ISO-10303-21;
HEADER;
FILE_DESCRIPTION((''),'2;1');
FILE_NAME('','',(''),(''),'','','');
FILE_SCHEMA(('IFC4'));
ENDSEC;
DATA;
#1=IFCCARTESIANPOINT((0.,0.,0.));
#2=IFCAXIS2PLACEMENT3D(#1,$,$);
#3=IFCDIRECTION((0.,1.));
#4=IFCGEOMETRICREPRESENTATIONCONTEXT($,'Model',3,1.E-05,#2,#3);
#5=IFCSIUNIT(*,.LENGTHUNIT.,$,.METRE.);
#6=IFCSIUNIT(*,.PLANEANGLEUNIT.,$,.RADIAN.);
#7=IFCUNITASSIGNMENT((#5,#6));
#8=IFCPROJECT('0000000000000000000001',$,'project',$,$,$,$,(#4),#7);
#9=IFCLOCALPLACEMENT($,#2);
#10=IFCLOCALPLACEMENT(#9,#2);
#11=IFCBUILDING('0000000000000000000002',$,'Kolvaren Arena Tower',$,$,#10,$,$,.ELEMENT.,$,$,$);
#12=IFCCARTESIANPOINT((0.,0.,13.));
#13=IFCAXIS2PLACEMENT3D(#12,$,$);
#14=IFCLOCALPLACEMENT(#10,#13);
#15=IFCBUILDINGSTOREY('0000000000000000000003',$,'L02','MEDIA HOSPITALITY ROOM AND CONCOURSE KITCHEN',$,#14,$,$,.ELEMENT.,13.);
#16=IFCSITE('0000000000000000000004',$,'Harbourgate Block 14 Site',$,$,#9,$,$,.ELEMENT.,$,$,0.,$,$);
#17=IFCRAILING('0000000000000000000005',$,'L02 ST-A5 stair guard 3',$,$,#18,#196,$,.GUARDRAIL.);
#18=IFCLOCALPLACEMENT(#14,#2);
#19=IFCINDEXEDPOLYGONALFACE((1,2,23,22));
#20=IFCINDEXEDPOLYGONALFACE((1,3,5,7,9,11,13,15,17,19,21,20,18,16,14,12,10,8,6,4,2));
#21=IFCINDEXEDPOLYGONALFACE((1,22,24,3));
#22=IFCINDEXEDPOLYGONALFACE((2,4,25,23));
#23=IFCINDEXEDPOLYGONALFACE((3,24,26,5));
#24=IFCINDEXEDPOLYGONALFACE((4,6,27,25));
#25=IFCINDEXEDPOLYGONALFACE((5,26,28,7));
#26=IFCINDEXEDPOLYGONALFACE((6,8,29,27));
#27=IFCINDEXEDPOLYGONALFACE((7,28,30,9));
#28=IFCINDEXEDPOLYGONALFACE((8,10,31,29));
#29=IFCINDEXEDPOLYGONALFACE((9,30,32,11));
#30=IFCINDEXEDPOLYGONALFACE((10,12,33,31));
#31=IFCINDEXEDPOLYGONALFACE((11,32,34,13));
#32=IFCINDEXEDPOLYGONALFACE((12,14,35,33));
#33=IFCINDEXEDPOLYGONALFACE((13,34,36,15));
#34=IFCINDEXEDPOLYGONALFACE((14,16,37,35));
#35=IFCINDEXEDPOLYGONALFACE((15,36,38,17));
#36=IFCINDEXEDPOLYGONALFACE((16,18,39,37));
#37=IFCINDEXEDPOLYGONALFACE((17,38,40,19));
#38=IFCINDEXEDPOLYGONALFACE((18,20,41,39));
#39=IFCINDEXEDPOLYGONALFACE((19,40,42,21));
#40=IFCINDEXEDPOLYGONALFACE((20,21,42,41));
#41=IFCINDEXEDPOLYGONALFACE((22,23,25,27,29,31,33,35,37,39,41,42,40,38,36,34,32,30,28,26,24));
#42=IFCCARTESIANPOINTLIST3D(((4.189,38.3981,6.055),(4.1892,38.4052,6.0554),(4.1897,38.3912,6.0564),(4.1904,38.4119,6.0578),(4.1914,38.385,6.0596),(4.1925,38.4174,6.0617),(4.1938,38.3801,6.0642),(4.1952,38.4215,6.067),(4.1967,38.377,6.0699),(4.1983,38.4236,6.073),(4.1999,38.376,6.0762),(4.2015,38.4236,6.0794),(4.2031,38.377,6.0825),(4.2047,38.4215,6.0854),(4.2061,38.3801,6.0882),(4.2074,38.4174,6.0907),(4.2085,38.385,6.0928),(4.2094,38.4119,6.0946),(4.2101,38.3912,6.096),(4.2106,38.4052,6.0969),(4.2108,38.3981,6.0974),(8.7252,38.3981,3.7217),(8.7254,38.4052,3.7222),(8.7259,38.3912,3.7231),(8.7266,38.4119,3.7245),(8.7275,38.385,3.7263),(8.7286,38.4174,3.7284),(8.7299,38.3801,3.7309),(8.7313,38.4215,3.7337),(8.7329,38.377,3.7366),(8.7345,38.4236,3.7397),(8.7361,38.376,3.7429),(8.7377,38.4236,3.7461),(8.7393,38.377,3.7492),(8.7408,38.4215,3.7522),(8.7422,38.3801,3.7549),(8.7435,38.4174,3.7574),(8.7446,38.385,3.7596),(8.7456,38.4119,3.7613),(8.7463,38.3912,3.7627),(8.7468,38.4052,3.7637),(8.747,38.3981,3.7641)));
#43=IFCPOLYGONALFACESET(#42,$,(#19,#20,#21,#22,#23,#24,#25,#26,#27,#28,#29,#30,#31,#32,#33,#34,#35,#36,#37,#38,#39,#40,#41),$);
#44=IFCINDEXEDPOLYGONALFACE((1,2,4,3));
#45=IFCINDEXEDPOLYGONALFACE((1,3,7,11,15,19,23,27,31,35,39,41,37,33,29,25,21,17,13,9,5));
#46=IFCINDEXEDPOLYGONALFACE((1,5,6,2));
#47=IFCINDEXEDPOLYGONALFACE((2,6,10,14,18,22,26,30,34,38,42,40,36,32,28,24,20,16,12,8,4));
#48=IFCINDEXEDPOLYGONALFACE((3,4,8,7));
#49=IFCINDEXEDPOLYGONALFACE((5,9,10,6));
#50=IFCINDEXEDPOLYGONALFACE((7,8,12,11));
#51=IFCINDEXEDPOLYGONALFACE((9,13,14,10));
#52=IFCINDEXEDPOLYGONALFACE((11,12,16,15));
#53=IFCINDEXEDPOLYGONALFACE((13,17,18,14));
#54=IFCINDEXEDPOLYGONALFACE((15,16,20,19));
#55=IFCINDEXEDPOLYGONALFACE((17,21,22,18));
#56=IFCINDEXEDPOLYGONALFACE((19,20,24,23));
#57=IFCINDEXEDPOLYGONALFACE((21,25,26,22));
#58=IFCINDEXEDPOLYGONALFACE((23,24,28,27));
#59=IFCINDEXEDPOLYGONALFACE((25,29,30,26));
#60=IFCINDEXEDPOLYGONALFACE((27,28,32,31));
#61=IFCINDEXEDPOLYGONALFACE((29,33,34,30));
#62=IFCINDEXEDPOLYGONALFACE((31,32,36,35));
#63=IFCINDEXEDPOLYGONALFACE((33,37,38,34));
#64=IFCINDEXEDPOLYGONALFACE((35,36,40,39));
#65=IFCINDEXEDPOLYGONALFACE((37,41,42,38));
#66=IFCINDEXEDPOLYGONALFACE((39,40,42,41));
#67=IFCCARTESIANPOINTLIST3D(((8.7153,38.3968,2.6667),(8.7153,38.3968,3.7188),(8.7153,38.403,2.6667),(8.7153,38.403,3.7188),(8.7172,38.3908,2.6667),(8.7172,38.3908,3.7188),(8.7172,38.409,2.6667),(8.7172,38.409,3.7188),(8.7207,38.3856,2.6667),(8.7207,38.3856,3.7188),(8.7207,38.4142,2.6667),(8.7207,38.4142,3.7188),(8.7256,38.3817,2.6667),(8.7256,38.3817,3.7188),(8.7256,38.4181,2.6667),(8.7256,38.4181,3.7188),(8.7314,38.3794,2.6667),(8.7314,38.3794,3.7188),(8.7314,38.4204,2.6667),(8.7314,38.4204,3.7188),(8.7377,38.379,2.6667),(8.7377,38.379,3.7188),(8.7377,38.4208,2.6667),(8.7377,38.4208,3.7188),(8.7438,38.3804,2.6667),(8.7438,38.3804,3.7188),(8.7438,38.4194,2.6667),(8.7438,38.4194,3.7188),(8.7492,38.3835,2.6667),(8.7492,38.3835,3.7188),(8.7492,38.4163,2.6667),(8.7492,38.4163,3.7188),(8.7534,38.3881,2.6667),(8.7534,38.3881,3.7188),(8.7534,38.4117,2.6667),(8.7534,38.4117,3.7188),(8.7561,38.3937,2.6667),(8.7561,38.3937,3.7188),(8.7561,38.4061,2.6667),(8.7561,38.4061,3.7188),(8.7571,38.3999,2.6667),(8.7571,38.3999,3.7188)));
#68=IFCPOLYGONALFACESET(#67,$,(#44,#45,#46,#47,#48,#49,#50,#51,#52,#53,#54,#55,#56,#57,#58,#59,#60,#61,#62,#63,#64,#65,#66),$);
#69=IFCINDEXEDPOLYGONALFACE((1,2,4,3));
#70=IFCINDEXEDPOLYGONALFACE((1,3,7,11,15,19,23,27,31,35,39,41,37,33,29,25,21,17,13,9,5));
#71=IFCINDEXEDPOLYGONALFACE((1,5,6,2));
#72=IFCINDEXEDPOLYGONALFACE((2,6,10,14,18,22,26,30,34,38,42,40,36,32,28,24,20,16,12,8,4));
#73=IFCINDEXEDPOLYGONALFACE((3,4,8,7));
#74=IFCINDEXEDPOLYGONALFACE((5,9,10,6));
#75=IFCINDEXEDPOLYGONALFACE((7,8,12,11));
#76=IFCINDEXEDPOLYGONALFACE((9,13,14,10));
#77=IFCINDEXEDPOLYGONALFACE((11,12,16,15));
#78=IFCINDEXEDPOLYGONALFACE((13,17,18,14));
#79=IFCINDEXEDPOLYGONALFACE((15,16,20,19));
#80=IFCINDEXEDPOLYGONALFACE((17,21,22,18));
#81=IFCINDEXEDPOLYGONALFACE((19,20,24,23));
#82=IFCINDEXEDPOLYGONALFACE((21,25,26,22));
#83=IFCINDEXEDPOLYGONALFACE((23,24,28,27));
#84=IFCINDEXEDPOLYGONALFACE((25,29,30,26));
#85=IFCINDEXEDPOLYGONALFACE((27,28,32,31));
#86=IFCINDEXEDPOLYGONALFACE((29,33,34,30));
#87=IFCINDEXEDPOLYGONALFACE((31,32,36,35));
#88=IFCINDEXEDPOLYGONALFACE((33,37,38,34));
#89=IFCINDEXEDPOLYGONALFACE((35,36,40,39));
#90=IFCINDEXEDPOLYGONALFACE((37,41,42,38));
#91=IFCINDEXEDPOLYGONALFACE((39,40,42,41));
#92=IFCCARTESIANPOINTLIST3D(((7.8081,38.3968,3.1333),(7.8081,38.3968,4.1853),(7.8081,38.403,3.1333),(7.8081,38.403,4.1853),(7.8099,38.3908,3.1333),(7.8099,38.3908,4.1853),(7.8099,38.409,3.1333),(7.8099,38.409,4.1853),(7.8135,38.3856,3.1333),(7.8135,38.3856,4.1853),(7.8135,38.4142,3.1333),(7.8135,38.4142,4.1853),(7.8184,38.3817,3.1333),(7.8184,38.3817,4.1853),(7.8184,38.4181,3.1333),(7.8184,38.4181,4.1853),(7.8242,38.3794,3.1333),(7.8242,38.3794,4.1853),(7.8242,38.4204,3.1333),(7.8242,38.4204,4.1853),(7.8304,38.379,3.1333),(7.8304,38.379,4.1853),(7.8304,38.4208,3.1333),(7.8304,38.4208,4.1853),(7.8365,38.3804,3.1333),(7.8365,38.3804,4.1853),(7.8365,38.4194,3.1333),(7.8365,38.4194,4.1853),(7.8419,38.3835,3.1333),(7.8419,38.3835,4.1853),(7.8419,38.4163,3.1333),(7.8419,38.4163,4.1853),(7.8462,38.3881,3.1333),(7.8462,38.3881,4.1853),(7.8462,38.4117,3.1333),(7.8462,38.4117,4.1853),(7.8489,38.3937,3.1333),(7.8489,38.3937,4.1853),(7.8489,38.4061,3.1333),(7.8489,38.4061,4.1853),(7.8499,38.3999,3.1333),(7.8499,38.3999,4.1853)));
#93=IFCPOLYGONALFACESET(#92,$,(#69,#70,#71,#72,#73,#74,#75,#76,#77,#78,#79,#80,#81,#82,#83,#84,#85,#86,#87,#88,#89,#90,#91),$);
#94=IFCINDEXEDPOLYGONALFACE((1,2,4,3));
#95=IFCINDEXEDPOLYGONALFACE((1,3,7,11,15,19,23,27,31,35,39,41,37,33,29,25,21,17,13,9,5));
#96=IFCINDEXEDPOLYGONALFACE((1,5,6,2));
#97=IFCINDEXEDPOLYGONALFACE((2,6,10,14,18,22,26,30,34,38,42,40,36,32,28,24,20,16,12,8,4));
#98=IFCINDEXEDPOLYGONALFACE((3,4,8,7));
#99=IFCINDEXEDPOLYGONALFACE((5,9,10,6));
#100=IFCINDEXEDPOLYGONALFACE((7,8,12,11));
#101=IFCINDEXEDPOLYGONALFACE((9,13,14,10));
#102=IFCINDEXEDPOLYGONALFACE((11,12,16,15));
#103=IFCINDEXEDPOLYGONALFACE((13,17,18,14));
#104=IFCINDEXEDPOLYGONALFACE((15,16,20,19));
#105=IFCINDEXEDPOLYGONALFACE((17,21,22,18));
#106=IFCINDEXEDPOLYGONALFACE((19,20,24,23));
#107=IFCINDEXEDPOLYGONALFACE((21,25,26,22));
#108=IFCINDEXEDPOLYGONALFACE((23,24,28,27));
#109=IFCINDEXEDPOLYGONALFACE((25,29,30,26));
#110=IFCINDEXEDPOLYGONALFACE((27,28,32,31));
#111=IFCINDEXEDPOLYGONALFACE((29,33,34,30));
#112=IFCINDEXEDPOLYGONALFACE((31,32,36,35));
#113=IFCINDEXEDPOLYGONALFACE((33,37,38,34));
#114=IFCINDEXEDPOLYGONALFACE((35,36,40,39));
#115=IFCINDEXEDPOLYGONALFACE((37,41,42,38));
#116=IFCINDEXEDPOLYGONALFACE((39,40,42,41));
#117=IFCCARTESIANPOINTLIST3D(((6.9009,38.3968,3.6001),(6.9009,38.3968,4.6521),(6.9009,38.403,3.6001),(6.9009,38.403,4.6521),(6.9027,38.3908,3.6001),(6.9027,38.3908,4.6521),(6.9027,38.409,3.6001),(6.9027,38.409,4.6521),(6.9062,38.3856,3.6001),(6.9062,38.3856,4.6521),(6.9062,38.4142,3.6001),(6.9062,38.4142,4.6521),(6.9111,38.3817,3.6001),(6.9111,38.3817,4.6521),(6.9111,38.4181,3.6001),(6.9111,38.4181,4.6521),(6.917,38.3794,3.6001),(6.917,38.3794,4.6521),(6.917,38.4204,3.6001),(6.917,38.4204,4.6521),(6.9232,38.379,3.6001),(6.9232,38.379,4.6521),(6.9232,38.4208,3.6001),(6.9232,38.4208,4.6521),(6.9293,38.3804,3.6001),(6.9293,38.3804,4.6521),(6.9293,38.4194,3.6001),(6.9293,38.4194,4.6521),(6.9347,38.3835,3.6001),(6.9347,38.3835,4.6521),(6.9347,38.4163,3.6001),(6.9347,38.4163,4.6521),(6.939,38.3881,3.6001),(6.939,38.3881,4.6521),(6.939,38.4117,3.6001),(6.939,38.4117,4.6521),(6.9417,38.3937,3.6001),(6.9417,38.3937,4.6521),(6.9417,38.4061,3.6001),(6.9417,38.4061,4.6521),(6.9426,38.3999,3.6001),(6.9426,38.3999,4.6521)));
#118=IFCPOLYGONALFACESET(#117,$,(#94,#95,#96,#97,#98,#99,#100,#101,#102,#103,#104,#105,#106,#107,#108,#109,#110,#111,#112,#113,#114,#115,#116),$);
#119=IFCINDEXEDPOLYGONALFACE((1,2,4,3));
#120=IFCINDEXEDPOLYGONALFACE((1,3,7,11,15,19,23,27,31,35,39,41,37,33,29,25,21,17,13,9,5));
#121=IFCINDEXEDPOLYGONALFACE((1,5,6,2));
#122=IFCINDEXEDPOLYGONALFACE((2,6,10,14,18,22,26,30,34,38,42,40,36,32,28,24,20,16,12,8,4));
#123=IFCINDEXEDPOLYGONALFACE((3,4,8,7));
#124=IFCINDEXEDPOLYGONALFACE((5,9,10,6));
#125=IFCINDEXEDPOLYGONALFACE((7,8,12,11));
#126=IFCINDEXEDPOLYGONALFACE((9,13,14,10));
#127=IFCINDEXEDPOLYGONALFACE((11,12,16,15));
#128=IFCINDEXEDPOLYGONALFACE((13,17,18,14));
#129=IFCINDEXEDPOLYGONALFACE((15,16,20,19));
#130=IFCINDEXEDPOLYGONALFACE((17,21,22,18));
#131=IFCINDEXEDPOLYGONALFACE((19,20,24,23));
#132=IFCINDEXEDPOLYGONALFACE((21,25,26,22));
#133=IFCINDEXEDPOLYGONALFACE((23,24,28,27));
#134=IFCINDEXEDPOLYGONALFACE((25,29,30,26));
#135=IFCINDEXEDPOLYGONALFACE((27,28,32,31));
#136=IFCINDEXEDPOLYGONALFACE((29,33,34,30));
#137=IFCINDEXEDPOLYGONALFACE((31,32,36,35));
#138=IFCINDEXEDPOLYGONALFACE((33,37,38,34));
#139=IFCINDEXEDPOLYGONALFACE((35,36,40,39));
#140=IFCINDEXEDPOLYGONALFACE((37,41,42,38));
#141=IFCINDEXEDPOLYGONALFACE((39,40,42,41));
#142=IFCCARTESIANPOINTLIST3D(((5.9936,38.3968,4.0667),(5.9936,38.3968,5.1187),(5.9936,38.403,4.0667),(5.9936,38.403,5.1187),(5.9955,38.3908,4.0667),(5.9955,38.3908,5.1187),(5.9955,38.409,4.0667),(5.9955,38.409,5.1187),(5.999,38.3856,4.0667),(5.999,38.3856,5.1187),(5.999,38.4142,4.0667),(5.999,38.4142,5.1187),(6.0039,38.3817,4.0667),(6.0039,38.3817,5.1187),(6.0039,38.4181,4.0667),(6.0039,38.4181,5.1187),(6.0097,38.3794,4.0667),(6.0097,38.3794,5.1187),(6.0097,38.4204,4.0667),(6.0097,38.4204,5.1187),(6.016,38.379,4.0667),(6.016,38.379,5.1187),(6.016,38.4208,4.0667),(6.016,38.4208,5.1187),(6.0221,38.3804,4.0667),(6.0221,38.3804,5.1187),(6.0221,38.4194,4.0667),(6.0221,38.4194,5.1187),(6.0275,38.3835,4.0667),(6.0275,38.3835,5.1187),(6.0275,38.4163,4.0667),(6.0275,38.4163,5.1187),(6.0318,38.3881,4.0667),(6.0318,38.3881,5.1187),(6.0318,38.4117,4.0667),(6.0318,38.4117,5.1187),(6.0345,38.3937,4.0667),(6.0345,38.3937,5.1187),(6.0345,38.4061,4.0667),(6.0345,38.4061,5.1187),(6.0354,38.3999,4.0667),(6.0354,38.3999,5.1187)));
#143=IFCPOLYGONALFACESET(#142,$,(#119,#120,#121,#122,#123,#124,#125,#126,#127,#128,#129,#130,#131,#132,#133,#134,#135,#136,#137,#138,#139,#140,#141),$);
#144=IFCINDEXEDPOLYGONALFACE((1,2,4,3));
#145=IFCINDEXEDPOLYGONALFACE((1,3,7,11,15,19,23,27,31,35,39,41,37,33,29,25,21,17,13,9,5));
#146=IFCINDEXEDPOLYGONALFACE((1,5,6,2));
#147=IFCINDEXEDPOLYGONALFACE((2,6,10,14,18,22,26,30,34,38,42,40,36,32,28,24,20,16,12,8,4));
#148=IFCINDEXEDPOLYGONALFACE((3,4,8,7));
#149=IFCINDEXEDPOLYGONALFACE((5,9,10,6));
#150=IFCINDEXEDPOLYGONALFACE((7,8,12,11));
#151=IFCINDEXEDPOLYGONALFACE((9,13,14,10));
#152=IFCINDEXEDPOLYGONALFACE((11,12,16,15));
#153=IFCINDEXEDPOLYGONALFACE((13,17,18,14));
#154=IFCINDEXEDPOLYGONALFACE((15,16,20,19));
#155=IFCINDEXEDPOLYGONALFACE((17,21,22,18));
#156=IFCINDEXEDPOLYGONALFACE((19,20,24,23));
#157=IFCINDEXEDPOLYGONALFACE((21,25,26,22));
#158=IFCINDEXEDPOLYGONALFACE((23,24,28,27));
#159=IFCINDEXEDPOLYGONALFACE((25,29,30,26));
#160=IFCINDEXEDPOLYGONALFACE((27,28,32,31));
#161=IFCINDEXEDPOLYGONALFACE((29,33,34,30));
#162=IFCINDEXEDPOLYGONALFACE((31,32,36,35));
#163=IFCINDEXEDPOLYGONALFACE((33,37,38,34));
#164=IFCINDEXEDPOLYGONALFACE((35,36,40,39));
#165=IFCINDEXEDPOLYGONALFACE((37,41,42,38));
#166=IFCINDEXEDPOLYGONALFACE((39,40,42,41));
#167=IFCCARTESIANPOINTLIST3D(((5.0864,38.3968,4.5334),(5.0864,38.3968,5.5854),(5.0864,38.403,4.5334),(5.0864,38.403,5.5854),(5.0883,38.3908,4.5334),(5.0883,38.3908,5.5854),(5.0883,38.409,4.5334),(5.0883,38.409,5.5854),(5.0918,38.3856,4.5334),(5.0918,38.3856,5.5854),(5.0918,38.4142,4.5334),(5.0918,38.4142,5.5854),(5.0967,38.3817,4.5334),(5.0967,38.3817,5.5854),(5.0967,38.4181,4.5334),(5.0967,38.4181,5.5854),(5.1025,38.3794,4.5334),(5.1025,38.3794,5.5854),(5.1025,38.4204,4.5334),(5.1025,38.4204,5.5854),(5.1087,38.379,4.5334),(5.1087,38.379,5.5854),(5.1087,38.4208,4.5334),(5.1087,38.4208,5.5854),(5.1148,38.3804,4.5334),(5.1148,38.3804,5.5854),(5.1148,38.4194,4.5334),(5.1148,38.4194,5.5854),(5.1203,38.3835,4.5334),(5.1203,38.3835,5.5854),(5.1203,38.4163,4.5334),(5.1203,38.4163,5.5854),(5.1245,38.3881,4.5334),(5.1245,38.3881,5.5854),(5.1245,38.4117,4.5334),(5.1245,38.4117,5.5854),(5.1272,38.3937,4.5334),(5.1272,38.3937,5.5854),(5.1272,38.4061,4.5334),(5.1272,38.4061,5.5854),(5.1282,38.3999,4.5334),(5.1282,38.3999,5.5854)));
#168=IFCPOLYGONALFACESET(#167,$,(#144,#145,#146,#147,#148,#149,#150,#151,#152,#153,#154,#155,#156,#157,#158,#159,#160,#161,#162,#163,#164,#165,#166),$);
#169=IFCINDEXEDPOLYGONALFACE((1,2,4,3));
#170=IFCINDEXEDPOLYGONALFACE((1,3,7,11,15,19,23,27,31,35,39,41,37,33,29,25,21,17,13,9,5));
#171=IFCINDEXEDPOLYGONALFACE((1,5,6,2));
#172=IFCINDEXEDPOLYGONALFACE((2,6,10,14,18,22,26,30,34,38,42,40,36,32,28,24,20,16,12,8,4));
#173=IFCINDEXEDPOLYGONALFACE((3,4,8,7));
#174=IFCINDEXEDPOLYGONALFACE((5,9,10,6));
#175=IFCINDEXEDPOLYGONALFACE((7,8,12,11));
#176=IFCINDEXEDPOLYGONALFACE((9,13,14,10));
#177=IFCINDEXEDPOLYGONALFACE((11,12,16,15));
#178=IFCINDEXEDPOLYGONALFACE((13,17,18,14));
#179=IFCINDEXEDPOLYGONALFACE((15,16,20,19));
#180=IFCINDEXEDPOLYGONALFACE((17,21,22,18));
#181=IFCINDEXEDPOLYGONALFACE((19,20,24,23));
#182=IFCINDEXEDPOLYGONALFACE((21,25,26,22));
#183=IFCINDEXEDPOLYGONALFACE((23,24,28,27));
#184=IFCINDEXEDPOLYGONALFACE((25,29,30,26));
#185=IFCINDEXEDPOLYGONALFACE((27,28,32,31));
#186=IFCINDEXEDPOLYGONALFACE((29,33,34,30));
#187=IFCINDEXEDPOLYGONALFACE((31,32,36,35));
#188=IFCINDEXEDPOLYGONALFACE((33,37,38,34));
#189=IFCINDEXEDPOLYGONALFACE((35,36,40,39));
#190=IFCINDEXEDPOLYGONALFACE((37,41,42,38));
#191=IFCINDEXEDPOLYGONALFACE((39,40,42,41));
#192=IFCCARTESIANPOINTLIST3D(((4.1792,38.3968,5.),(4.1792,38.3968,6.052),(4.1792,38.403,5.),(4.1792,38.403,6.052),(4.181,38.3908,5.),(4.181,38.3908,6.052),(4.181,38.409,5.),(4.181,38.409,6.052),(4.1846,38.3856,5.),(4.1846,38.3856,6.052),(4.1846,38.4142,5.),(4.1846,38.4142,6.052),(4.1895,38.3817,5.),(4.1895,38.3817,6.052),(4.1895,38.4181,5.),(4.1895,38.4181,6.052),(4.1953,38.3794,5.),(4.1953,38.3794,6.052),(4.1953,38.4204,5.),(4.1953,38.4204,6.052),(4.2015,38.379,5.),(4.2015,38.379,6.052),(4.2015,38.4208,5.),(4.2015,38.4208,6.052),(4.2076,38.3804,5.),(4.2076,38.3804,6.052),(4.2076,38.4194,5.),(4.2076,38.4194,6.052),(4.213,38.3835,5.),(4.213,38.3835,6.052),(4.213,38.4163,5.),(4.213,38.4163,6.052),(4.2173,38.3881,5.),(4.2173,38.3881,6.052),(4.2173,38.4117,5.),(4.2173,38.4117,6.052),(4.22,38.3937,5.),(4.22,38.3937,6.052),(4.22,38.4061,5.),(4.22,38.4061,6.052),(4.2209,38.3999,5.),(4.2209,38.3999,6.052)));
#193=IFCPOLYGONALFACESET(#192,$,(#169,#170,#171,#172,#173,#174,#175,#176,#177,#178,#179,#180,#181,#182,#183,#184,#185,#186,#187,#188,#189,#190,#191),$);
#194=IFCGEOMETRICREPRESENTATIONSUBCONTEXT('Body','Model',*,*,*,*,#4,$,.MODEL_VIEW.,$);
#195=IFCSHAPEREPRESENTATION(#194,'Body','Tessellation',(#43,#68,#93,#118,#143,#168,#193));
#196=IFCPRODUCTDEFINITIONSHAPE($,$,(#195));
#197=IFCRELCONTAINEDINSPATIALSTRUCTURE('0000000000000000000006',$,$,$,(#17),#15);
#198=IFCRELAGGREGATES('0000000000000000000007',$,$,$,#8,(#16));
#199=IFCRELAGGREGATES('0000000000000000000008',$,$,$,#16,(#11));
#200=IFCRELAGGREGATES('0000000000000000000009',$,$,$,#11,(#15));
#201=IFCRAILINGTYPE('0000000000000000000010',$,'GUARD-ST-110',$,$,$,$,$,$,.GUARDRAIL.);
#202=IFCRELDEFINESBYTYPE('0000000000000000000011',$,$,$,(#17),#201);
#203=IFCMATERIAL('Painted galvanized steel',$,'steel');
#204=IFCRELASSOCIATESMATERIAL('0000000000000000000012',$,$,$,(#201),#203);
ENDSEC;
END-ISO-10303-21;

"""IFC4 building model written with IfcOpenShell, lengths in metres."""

from ifc_helpers import new_model, si_unit, direction, frame, origin, origin_2d, place, context, subcontext, project, spatial, circle, extrude, material, type_object, element, save


model = new_model("IFC4")

# Units and contexts
model_context = context("Model", 3, precision=1e-05, world=origin(), true_north=direction((0.0, 1.0)))
body_context = subcontext(model_context, "Body", "Model", "MODEL_VIEW")
ifc_project = project(units=[si_unit("LENGTHUNIT", "METRE"), si_unit("PLANEANGLEUNIT", "RADIAN")], contexts=[model_context])

# Site, building, storey
site_placement = place(None, origin())
site = spatial("IfcSite", under=ifc_project, at=site_placement, Name="Harbourgate Block 14 Site", CompositionType="ELEMENT", RefElevation=0.0)
building_placement = place(site_placement, origin())
building = spatial("IfcBuilding", under=site, at=building_placement, Name="Kolvaren Arena Tower", CompositionType="ELEMENT")
storey_placement = place(building_placement, frame((0.0, 0.0, 13.0)))
storey = spatial("IfcBuildingStorey", under=building, at=storey_placement, Name="L02", Description="MEDIA HOSPITALITY ROOM AND CONCOURSE KITCHEN", CompositionType="ELEMENT", Elevation=13.0)

# Railing
ifc_material_1 = material(Name="Painted galvanized steel", Category="steel")
railing_type_1 = type_object("IfcRailingType", Name="GUARD-ST-110", PredefinedType="GUARDRAIL", material=ifc_material_1)
railing_1_placement = place(storey_placement, frame((8.7361, 38.3999, 2.6667)))
element("IfcRailing", 1, at=railing_1_placement, inside=storey, type_object=railing_type_1, Name="L02 ST-A5 stair guard 3", PredefinedType="GUARDRAIL", context=body_context, shape_type="SweptSolid", body=[
    extrude(circle(Radius=0.0239, at=origin_2d()), frame((0.0, 0.0, 1.0762), z_axis=(-0.889257, 0.0, 0.457407), x_axis=(0.0, -1.0, 0.0)), (0.0, 0.0, 1.0), 5.1011),
    extrude(circle(Radius=0.021, at=origin_2d()), origin(), (0.0, 0.0, 1.0), 1.052),
    extrude(circle(Radius=0.021, at=origin_2d()), frame((-0.9072, 0.0, 0.4666)), (0.0, 0.0, 1.0), 1.052),
    extrude(circle(Radius=0.021, at=origin_2d()), frame((-1.8145, 0.0, 0.9333)), (0.0, 0.0, 1.0), 1.052),
    extrude(circle(Radius=0.021, at=origin_2d()), frame((-2.7217, 0.0, 1.3999)), (0.0, 0.0, 1.0), 1.052),
    extrude(circle(Radius=0.021, at=origin_2d()), frame((-3.6289, 0.0, 1.8667)), (0.0, 0.0, 1.0), 1.052),
    extrude(circle(Radius=0.021, at=origin_2d()), frame((-4.5361, 0.0, 2.3333)), (0.0, 0.0, 1.0), 1.052),
])

save(model, "model.ifc")
